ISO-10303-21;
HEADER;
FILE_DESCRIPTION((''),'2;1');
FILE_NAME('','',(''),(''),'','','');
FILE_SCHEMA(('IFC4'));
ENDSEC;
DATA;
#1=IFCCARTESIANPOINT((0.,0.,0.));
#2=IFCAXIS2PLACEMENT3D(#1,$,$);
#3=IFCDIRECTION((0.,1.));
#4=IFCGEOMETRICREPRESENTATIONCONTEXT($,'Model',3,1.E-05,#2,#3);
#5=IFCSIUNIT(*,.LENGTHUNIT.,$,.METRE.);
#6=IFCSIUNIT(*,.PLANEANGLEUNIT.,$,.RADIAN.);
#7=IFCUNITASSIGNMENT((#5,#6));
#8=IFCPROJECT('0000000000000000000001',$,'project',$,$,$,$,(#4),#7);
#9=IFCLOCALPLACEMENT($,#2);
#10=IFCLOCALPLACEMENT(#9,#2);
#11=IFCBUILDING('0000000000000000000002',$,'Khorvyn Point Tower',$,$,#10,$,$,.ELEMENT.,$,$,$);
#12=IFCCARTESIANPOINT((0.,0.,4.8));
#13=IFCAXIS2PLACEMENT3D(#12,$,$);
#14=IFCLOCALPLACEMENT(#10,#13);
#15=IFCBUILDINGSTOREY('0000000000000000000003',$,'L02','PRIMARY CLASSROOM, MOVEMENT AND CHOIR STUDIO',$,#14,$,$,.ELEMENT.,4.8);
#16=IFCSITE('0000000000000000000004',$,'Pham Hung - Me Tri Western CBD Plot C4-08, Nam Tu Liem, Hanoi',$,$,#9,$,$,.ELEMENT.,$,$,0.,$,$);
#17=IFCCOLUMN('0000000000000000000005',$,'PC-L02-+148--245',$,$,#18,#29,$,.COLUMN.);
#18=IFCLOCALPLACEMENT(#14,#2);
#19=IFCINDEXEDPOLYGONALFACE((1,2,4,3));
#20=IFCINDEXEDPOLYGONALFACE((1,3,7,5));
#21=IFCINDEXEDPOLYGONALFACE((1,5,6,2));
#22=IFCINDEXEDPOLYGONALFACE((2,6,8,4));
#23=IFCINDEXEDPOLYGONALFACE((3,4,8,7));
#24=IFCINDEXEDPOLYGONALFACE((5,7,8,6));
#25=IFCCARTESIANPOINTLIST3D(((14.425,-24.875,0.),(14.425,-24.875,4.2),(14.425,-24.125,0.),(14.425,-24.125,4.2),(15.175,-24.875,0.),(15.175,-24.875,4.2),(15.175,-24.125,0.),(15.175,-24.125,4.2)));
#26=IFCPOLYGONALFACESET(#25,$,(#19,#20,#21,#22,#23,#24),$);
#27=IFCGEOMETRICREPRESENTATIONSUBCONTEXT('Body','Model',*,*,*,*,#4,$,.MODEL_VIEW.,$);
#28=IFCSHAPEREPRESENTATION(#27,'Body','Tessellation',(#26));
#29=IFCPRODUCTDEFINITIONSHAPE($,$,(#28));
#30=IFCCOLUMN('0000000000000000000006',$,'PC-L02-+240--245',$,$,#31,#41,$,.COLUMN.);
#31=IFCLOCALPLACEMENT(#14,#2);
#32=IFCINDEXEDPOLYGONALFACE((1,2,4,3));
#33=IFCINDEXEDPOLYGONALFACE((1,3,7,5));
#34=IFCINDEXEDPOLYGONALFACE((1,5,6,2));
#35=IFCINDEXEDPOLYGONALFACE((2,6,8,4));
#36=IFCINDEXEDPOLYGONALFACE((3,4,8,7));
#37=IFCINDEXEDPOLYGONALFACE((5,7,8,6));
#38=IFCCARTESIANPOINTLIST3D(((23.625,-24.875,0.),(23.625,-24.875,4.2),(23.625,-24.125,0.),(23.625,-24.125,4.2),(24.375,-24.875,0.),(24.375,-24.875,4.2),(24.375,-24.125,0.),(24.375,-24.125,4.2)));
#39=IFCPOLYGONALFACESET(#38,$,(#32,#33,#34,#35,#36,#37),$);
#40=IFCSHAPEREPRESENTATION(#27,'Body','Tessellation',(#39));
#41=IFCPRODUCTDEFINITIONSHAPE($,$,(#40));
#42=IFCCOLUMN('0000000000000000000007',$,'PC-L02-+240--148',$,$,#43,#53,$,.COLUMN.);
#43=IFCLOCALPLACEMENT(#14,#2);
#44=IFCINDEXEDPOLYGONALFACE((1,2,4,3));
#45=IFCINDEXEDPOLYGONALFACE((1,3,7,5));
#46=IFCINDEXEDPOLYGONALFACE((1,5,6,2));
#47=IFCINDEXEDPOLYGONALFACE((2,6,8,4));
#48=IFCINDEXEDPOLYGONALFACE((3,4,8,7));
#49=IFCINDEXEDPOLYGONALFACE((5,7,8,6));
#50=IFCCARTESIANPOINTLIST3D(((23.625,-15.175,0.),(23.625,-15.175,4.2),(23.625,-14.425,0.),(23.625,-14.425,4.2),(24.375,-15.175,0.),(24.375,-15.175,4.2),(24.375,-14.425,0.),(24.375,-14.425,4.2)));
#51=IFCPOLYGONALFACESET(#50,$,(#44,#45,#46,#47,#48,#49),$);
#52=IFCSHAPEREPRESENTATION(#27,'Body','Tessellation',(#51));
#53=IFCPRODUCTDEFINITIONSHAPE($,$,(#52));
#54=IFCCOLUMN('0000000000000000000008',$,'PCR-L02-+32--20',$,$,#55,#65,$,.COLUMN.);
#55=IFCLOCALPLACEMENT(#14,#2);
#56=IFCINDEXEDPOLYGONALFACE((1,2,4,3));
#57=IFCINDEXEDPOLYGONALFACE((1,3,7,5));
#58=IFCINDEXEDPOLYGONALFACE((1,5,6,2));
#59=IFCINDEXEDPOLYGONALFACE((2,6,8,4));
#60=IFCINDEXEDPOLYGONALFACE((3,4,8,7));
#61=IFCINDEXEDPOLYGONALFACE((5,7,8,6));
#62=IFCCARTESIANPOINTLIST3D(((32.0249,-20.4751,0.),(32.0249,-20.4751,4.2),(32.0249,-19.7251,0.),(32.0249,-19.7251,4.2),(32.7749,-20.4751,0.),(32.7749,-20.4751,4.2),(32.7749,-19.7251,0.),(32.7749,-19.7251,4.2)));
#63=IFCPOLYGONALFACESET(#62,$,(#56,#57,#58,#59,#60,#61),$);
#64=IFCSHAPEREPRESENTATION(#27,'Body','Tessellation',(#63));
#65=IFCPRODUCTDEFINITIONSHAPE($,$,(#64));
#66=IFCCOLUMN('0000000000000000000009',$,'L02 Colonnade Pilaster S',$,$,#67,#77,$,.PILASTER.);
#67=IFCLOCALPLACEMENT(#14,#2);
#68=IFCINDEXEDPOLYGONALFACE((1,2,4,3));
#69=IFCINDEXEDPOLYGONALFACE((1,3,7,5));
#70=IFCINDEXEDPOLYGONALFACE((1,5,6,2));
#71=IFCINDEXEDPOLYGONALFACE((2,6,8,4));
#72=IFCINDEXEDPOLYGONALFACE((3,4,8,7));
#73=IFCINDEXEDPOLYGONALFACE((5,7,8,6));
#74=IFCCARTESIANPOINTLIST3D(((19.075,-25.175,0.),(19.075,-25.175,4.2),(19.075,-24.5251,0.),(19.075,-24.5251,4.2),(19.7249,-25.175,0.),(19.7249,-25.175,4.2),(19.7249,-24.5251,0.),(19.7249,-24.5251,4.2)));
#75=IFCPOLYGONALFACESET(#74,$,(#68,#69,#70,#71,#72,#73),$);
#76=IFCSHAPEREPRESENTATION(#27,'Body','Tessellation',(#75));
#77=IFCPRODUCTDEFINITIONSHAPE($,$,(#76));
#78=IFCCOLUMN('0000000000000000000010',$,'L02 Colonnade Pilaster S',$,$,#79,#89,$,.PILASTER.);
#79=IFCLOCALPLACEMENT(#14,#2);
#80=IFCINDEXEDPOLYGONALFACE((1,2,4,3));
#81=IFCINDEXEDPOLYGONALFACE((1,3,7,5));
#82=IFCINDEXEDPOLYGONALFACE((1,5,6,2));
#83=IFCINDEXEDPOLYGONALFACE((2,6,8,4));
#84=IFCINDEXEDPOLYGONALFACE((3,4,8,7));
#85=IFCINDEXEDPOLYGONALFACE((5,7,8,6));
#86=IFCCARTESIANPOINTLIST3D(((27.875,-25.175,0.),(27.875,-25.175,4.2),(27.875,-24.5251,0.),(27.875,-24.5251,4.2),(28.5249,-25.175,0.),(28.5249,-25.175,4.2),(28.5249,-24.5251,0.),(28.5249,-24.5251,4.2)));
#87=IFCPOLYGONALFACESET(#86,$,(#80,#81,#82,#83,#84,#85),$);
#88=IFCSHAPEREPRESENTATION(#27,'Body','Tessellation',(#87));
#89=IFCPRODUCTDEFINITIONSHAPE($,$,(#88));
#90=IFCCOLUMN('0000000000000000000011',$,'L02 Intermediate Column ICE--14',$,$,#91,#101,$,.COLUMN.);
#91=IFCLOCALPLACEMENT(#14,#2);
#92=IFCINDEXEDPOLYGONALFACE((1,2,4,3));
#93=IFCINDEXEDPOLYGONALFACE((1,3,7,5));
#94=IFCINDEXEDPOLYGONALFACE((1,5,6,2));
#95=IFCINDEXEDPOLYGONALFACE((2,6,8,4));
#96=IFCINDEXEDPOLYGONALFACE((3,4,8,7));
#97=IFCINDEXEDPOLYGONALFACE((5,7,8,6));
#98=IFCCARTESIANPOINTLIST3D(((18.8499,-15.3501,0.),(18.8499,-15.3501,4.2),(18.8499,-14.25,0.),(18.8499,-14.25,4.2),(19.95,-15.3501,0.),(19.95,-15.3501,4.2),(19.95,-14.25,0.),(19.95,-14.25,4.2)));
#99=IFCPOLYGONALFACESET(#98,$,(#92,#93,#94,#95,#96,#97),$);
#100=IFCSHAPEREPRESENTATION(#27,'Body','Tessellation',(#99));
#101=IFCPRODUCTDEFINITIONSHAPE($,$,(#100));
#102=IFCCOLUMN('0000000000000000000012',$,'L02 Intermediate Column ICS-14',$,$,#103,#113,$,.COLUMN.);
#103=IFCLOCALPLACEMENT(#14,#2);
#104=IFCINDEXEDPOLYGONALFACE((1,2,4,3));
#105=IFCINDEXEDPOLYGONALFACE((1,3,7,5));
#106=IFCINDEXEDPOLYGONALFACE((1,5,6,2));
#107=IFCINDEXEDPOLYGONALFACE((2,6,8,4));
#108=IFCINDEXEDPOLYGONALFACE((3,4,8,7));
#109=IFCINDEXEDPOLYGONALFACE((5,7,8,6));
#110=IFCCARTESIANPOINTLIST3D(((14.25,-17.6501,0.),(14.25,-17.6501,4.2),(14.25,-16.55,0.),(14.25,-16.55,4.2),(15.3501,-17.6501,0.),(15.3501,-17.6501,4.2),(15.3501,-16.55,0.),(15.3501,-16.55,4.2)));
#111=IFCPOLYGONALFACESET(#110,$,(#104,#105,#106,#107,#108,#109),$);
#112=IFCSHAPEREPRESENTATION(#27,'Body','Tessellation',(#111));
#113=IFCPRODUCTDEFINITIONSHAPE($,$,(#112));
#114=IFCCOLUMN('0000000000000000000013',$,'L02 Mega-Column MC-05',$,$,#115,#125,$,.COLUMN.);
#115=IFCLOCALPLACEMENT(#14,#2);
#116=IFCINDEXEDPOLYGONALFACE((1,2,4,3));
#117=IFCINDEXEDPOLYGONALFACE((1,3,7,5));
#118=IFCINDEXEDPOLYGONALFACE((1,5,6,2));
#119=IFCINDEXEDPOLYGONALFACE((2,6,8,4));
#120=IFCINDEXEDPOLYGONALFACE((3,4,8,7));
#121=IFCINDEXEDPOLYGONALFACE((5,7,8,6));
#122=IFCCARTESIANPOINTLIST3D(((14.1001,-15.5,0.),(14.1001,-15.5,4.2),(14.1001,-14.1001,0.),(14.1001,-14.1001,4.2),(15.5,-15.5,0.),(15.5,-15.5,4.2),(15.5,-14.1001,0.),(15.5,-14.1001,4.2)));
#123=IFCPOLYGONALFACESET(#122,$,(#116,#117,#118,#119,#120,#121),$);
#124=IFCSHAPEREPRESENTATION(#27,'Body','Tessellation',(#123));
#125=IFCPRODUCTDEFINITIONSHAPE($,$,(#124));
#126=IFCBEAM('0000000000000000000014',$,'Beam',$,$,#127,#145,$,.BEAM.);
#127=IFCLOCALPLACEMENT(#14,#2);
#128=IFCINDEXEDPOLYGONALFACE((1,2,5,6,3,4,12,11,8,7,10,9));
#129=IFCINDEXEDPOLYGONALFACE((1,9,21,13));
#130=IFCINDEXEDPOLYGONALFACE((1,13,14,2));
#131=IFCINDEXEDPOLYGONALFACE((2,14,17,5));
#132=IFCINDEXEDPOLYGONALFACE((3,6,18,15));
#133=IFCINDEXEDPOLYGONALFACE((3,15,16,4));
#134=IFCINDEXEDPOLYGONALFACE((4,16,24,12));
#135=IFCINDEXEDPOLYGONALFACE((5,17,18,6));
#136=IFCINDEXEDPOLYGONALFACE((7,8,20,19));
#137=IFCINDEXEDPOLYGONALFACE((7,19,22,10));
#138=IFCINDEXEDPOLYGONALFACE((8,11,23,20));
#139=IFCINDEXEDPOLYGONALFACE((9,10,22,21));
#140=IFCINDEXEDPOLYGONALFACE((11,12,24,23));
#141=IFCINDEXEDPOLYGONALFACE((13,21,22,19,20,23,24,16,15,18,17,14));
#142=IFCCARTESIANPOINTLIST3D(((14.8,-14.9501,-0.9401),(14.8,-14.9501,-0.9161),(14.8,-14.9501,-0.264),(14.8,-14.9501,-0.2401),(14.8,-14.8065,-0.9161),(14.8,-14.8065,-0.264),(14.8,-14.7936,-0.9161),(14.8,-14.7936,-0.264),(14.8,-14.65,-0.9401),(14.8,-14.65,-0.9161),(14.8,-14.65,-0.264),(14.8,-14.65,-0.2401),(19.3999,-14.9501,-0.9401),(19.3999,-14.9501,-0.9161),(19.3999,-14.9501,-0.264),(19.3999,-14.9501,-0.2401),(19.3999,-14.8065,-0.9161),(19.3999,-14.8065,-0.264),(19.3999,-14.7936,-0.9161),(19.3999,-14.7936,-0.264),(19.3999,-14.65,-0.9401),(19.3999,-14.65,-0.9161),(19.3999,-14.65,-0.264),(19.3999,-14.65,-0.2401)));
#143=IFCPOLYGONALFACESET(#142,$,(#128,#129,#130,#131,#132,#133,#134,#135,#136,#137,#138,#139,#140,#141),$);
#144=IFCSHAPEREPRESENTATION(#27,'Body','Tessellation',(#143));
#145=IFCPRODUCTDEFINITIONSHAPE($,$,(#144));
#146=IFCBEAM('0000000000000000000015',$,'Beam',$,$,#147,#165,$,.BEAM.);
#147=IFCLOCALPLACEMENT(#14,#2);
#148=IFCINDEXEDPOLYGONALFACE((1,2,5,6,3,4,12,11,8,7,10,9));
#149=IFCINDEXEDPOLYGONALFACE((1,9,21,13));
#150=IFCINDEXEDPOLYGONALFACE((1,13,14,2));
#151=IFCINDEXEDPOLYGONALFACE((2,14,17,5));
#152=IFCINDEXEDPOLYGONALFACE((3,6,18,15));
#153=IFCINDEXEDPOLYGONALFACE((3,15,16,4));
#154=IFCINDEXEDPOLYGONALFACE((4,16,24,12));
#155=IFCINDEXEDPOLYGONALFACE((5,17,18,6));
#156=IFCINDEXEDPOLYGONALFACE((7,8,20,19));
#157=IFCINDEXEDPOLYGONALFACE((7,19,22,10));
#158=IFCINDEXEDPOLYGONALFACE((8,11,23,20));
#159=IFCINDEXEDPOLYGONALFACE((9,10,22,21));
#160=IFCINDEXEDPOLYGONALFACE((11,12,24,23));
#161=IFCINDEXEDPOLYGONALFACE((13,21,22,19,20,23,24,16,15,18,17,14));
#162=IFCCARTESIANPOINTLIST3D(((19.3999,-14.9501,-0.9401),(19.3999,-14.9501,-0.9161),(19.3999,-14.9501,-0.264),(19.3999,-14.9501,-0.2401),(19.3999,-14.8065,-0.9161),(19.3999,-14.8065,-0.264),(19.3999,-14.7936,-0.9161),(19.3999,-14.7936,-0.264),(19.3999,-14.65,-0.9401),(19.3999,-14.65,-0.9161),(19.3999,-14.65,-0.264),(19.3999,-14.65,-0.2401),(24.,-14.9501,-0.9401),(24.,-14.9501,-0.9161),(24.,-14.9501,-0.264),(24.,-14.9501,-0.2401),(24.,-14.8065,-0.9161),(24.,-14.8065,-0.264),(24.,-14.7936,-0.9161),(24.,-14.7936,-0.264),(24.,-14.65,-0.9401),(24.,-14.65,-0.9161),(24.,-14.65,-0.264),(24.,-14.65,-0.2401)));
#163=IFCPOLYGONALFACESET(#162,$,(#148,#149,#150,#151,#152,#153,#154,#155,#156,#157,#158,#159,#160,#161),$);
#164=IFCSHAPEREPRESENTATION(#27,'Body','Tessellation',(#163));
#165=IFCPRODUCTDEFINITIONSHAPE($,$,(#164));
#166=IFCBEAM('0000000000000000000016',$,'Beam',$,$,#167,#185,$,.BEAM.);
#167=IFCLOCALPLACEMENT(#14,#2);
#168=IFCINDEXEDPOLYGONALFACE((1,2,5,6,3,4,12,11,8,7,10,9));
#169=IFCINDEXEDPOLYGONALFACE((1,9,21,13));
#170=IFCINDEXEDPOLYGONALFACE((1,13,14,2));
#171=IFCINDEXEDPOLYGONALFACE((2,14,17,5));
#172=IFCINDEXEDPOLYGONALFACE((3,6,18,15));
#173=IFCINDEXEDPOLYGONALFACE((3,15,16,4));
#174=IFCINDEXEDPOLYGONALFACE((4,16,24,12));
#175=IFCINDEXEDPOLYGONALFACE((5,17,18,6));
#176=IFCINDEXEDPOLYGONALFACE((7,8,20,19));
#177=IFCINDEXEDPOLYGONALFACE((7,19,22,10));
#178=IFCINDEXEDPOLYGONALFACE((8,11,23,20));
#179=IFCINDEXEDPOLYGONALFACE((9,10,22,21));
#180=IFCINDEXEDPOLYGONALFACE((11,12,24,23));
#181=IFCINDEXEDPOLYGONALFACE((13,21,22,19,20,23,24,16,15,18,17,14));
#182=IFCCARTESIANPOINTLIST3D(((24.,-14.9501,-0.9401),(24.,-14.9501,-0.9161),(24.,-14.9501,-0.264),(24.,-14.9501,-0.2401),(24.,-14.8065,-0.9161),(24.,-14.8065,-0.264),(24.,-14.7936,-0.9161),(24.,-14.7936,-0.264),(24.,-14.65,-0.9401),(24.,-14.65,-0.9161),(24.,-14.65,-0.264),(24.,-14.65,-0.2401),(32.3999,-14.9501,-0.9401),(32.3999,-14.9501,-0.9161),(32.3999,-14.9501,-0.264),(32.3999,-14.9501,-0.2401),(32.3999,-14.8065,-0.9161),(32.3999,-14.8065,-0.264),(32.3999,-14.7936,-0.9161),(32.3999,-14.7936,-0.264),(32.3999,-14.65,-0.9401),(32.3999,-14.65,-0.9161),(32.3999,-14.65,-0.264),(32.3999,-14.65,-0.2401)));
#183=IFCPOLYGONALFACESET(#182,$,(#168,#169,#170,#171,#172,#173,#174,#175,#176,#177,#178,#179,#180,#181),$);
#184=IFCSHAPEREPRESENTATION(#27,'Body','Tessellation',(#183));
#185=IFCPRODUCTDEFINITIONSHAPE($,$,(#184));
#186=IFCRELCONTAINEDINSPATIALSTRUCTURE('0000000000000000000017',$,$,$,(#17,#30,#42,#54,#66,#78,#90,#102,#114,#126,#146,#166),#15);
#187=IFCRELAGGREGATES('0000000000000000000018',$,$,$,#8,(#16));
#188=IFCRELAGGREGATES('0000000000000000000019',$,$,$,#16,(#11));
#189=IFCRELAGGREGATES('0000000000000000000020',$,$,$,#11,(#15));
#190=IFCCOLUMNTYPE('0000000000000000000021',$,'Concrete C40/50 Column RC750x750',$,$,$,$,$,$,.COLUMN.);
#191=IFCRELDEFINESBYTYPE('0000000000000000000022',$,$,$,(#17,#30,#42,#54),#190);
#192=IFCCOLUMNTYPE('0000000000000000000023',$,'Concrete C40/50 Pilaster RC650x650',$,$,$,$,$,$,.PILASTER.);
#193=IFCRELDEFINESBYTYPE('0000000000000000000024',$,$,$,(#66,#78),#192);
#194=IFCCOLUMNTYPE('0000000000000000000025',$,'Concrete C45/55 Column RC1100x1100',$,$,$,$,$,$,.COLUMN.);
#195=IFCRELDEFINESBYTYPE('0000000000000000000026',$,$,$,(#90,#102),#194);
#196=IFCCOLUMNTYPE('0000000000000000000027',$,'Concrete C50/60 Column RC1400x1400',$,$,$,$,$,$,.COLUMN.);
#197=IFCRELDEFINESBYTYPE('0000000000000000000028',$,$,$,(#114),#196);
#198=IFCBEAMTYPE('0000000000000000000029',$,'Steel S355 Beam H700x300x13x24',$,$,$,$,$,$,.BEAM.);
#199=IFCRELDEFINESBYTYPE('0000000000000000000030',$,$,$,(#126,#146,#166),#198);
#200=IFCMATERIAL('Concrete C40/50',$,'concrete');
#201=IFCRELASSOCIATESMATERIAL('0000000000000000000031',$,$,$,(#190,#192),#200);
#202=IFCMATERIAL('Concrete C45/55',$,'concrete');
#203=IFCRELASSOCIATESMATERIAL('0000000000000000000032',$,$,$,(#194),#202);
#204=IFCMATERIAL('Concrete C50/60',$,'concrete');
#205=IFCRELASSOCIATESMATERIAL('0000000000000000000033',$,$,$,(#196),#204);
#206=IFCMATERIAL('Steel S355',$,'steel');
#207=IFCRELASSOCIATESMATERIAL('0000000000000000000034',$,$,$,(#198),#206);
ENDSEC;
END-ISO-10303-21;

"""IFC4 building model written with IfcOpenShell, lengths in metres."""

from ifc_helpers import new_model, si_unit, direction, frame, origin, origin_2d, place, context, subcontext, project, spatial, rectangle, i_section, extrude, material, material_profile, profile_set, type_object, element, save


model = new_model("IFC4")

# Units and contexts
model_context = context("Model", 3, precision=1e-05, world=origin(), true_north=direction((0.0, 1.0)))
body_context = subcontext(model_context, "Body", "Model", "MODEL_VIEW")
ifc_project = project(units=[si_unit("LENGTHUNIT", "METRE"), si_unit("PLANEANGLEUNIT", "RADIAN")], contexts=[model_context])

# Site, building, storey
site_placement = place(None, origin())
site = spatial("IfcSite", under=ifc_project, at=site_placement, Name="Pham Hung - Me Tri Western CBD Plot C4-08, Nam Tu Liem, Hanoi", CompositionType="ELEMENT", RefElevation=0.0)
building_placement = place(site_placement, origin())
building = spatial("IfcBuilding", under=site, at=building_placement, Name="Khorvyn Point Tower", CompositionType="ELEMENT")
storey_placement = place(building_placement, frame((0.0, 0.0, 4.8)))
storey = spatial("IfcBuildingStorey", under=building, at=storey_placement, Name="L02", Description="PRIMARY CLASSROOM, MOVEMENT AND CHOIR STUDIO", CompositionType="ELEMENT", Elevation=4.8)

# Columns
ifc_material_1 = material(Name="Concrete C40/50", Category="concrete")
ifc_material_profile_1 = material_profile(ifc_material_1, rectangle(XDim=0.75, YDim=0.75, at=origin_2d()))
ifc_profile_set_1 = profile_set([ifc_material_profile_1], Name="Concrete C40/50 RC750x750")
column_type_1 = type_object("IfcColumnType", Name="Concrete C40/50 Column RC750x750", PredefinedType="COLUMN", material=ifc_profile_set_1)
for number, where, z_axis, x_axis, name in (
    (1, (14.8, -24.5, 0.0), (0.0, 0.0, 1.0), (1.0, 0.0, 0.0), "PC-L02-+148--245"),
    (2, (24.0, -24.5, 0.0), (0.0, 0.0, 1.0), (1.0, 0.0, 0.0), "PC-L02-+240--245"),
    (3, (24.0, -14.8, 0.0), (0.0, 0.0, 1.0), (1.0, 0.0, 0.0), "PC-L02-+240--148"),
    (4, (32.3999, -20.1001, 0.0), (0.0, 0.0, 1.0), (1.0, 0.0, 0.0), "PCR-L02-+32--20"),
):
    element("IfcColumn", number, at=place(storey_placement, frame(where, z_axis=z_axis, x_axis=x_axis)), inside=storey, type_object=column_type_1, Name=name, PredefinedType="COLUMN", context=body_context, shape_type="SweptSolid", body=[
        extrude(rectangle(XDim=0.75, YDim=0.75, at=origin_2d()), origin(), (0.0, 0.0, 1.0), 4.2),
    ])
ifc_material_profile_2 = material_profile(ifc_material_1, rectangle(XDim=0.6499, YDim=0.6499, at=origin_2d()))
ifc_profile_set_2 = profile_set([ifc_material_profile_2], Name="Concrete C40/50 RC650x650")
column_type_2 = type_object("IfcColumnType", Name="Concrete C40/50 Pilaster RC650x650", PredefinedType="PILASTER", material=ifc_profile_set_2)
for number, where, z_axis, x_axis, name in (
    (5, (19.3999, -24.8501, 0.0), (0.0, 0.0, 1.0), (1.0, 0.0, 0.0), "L02 Colonnade Pilaster S"),
    (6, (28.2, -24.8501, 0.0), (0.0, 0.0, 1.0), (1.0, 0.0, 0.0), "L02 Colonnade Pilaster S"),
):
    element("IfcColumn", number, at=place(storey_placement, frame(where, z_axis=z_axis, x_axis=x_axis)), inside=storey, type_object=column_type_2, Name=name, PredefinedType="PILASTER", context=body_context, shape_type="SweptSolid", body=[
        extrude(rectangle(XDim=0.6499, YDim=0.6499, at=origin_2d()), origin(), (0.0, 0.0, 1.0), 4.2),
    ])
ifc_material_2 = material(Name="Concrete C45/55", Category="concrete")
ifc_material_profile_3 = material_profile(ifc_material_2, rectangle(XDim=1.1001, YDim=1.1001, at=origin_2d()))
ifc_profile_set_3 = profile_set([ifc_material_profile_3], Name="Concrete C45/55 RC1100x1100")
column_type_3 = type_object("IfcColumnType", Name="Concrete C45/55 Column RC1100x1100", PredefinedType="COLUMN", material=ifc_profile_set_3)
for number, where, z_axis, x_axis, name in (
    (7, (19.3999, -14.8, 0.0), (0.0, 0.0, 1.0), (1.0, 0.0, 0.0), "L02 Intermediate Column ICE--14"),
    (8, (14.8, -17.1001, 0.0), (0.0, 0.0, 1.0), (1.0, 0.0, 0.0), "L02 Intermediate Column ICS-14"),
):
    element("IfcColumn", number, at=place(storey_placement, frame(where, z_axis=z_axis, x_axis=x_axis)), inside=storey, type_object=column_type_3, Name=name, PredefinedType="COLUMN", context=body_context, shape_type="SweptSolid", body=[
        extrude(rectangle(XDim=1.1001, YDim=1.1001, at=origin_2d()), origin(), (0.0, 0.0, 1.0), 4.2),
    ])
ifc_material_3 = material(Name="Concrete C50/60", Category="concrete")
ifc_material_profile_4 = material_profile(ifc_material_3, rectangle(XDim=1.3999, YDim=1.3999, at=origin_2d()))
ifc_profile_set_4 = profile_set([ifc_material_profile_4], Name="Concrete C50/60 RC1400x1400")
column_type_4 = type_object("IfcColumnType", Name="Concrete C50/60 Column RC1400x1400", PredefinedType="COLUMN", material=ifc_profile_set_4)
column_placement = place(storey_placement, frame((14.8, -14.8, 0.0), z_axis=(0.0, 0.0, 1.0), x_axis=(1.0, 0.0, 0.0)))
element("IfcColumn", 9, at=column_placement, inside=storey, type_object=column_type_4, Name="L02 Mega-Column MC-05", PredefinedType="COLUMN", context=body_context, shape_type="SweptSolid", body=[
    extrude(rectangle(XDim=1.3999, YDim=1.3999, at=origin_2d()), origin(), (0.0, 0.0, 1.0), 4.2),
])

# Beams
ifc_material_4 = material(Name="Steel S355", Category="steel")
ifc_material_profile_5 = material_profile(ifc_material_4, i_section(OverallWidth=0.3, OverallDepth=0.7, WebThickness=0.0129, FlangeThickness=0.0239, at=origin_2d()))
ifc_profile_set_5 = profile_set([ifc_material_profile_5], Name="Steel S355 H700x300x13x24")
beam_type_1 = type_object("IfcBeamType", Name="Steel S355 Beam H700x300x13x24", PredefinedType="BEAM", material=ifc_profile_set_5)
beam_1_placement = place(storey_placement, frame((14.8, -14.8, -0.5901), z_axis=(1.0, 0.0, 0.0), x_axis=(0.0, 1.0, 0.0)))
element("IfcBeam", 10, at=beam_1_placement, inside=storey, type_object=beam_type_1, Name="Beam", PredefinedType="BEAM", context=body_context, shape_type="SweptSolid", body=[
    extrude(i_section(OverallWidth=0.3, OverallDepth=0.7, WebThickness=0.0129, FlangeThickness=0.0239, at=origin_2d()), origin(), (0.0, 0.0, 1.0), 4.5999),
])
beam_2_placement = place(storey_placement, frame((19.3999, -14.8, -0.5901), z_axis=(1.0, 0.0, 0.0), x_axis=(0.0, 1.0, 0.0)))
element("IfcBeam", 11, at=beam_2_placement, inside=storey, type_object=beam_type_1, Name="Beam", PredefinedType="BEAM", context=body_context, shape_type="SweptSolid", body=[
    extrude(i_section(OverallWidth=0.3, OverallDepth=0.7, WebThickness=0.0129, FlangeThickness=0.0239, at=origin_2d()), origin(), (0.0, 0.0, 1.0), 4.6001),
])
beam_3_placement = place(storey_placement, frame((24.0, -14.8, -0.5901), z_axis=(1.0, 0.0, 0.0), x_axis=(0.0, 1.0, 0.0)))
element("IfcBeam", 12, at=beam_3_placement, inside=storey, type_object=beam_type_1, Name="Beam", PredefinedType="BEAM", context=body_context, shape_type="SweptSolid", body=[
    extrude(i_section(OverallWidth=0.3, OverallDepth=0.7, WebThickness=0.0129, FlangeThickness=0.0239, at=origin_2d()), origin(), (0.0, 0.0, 1.0), 8.3999),
])

save(model, "model.ifc")
